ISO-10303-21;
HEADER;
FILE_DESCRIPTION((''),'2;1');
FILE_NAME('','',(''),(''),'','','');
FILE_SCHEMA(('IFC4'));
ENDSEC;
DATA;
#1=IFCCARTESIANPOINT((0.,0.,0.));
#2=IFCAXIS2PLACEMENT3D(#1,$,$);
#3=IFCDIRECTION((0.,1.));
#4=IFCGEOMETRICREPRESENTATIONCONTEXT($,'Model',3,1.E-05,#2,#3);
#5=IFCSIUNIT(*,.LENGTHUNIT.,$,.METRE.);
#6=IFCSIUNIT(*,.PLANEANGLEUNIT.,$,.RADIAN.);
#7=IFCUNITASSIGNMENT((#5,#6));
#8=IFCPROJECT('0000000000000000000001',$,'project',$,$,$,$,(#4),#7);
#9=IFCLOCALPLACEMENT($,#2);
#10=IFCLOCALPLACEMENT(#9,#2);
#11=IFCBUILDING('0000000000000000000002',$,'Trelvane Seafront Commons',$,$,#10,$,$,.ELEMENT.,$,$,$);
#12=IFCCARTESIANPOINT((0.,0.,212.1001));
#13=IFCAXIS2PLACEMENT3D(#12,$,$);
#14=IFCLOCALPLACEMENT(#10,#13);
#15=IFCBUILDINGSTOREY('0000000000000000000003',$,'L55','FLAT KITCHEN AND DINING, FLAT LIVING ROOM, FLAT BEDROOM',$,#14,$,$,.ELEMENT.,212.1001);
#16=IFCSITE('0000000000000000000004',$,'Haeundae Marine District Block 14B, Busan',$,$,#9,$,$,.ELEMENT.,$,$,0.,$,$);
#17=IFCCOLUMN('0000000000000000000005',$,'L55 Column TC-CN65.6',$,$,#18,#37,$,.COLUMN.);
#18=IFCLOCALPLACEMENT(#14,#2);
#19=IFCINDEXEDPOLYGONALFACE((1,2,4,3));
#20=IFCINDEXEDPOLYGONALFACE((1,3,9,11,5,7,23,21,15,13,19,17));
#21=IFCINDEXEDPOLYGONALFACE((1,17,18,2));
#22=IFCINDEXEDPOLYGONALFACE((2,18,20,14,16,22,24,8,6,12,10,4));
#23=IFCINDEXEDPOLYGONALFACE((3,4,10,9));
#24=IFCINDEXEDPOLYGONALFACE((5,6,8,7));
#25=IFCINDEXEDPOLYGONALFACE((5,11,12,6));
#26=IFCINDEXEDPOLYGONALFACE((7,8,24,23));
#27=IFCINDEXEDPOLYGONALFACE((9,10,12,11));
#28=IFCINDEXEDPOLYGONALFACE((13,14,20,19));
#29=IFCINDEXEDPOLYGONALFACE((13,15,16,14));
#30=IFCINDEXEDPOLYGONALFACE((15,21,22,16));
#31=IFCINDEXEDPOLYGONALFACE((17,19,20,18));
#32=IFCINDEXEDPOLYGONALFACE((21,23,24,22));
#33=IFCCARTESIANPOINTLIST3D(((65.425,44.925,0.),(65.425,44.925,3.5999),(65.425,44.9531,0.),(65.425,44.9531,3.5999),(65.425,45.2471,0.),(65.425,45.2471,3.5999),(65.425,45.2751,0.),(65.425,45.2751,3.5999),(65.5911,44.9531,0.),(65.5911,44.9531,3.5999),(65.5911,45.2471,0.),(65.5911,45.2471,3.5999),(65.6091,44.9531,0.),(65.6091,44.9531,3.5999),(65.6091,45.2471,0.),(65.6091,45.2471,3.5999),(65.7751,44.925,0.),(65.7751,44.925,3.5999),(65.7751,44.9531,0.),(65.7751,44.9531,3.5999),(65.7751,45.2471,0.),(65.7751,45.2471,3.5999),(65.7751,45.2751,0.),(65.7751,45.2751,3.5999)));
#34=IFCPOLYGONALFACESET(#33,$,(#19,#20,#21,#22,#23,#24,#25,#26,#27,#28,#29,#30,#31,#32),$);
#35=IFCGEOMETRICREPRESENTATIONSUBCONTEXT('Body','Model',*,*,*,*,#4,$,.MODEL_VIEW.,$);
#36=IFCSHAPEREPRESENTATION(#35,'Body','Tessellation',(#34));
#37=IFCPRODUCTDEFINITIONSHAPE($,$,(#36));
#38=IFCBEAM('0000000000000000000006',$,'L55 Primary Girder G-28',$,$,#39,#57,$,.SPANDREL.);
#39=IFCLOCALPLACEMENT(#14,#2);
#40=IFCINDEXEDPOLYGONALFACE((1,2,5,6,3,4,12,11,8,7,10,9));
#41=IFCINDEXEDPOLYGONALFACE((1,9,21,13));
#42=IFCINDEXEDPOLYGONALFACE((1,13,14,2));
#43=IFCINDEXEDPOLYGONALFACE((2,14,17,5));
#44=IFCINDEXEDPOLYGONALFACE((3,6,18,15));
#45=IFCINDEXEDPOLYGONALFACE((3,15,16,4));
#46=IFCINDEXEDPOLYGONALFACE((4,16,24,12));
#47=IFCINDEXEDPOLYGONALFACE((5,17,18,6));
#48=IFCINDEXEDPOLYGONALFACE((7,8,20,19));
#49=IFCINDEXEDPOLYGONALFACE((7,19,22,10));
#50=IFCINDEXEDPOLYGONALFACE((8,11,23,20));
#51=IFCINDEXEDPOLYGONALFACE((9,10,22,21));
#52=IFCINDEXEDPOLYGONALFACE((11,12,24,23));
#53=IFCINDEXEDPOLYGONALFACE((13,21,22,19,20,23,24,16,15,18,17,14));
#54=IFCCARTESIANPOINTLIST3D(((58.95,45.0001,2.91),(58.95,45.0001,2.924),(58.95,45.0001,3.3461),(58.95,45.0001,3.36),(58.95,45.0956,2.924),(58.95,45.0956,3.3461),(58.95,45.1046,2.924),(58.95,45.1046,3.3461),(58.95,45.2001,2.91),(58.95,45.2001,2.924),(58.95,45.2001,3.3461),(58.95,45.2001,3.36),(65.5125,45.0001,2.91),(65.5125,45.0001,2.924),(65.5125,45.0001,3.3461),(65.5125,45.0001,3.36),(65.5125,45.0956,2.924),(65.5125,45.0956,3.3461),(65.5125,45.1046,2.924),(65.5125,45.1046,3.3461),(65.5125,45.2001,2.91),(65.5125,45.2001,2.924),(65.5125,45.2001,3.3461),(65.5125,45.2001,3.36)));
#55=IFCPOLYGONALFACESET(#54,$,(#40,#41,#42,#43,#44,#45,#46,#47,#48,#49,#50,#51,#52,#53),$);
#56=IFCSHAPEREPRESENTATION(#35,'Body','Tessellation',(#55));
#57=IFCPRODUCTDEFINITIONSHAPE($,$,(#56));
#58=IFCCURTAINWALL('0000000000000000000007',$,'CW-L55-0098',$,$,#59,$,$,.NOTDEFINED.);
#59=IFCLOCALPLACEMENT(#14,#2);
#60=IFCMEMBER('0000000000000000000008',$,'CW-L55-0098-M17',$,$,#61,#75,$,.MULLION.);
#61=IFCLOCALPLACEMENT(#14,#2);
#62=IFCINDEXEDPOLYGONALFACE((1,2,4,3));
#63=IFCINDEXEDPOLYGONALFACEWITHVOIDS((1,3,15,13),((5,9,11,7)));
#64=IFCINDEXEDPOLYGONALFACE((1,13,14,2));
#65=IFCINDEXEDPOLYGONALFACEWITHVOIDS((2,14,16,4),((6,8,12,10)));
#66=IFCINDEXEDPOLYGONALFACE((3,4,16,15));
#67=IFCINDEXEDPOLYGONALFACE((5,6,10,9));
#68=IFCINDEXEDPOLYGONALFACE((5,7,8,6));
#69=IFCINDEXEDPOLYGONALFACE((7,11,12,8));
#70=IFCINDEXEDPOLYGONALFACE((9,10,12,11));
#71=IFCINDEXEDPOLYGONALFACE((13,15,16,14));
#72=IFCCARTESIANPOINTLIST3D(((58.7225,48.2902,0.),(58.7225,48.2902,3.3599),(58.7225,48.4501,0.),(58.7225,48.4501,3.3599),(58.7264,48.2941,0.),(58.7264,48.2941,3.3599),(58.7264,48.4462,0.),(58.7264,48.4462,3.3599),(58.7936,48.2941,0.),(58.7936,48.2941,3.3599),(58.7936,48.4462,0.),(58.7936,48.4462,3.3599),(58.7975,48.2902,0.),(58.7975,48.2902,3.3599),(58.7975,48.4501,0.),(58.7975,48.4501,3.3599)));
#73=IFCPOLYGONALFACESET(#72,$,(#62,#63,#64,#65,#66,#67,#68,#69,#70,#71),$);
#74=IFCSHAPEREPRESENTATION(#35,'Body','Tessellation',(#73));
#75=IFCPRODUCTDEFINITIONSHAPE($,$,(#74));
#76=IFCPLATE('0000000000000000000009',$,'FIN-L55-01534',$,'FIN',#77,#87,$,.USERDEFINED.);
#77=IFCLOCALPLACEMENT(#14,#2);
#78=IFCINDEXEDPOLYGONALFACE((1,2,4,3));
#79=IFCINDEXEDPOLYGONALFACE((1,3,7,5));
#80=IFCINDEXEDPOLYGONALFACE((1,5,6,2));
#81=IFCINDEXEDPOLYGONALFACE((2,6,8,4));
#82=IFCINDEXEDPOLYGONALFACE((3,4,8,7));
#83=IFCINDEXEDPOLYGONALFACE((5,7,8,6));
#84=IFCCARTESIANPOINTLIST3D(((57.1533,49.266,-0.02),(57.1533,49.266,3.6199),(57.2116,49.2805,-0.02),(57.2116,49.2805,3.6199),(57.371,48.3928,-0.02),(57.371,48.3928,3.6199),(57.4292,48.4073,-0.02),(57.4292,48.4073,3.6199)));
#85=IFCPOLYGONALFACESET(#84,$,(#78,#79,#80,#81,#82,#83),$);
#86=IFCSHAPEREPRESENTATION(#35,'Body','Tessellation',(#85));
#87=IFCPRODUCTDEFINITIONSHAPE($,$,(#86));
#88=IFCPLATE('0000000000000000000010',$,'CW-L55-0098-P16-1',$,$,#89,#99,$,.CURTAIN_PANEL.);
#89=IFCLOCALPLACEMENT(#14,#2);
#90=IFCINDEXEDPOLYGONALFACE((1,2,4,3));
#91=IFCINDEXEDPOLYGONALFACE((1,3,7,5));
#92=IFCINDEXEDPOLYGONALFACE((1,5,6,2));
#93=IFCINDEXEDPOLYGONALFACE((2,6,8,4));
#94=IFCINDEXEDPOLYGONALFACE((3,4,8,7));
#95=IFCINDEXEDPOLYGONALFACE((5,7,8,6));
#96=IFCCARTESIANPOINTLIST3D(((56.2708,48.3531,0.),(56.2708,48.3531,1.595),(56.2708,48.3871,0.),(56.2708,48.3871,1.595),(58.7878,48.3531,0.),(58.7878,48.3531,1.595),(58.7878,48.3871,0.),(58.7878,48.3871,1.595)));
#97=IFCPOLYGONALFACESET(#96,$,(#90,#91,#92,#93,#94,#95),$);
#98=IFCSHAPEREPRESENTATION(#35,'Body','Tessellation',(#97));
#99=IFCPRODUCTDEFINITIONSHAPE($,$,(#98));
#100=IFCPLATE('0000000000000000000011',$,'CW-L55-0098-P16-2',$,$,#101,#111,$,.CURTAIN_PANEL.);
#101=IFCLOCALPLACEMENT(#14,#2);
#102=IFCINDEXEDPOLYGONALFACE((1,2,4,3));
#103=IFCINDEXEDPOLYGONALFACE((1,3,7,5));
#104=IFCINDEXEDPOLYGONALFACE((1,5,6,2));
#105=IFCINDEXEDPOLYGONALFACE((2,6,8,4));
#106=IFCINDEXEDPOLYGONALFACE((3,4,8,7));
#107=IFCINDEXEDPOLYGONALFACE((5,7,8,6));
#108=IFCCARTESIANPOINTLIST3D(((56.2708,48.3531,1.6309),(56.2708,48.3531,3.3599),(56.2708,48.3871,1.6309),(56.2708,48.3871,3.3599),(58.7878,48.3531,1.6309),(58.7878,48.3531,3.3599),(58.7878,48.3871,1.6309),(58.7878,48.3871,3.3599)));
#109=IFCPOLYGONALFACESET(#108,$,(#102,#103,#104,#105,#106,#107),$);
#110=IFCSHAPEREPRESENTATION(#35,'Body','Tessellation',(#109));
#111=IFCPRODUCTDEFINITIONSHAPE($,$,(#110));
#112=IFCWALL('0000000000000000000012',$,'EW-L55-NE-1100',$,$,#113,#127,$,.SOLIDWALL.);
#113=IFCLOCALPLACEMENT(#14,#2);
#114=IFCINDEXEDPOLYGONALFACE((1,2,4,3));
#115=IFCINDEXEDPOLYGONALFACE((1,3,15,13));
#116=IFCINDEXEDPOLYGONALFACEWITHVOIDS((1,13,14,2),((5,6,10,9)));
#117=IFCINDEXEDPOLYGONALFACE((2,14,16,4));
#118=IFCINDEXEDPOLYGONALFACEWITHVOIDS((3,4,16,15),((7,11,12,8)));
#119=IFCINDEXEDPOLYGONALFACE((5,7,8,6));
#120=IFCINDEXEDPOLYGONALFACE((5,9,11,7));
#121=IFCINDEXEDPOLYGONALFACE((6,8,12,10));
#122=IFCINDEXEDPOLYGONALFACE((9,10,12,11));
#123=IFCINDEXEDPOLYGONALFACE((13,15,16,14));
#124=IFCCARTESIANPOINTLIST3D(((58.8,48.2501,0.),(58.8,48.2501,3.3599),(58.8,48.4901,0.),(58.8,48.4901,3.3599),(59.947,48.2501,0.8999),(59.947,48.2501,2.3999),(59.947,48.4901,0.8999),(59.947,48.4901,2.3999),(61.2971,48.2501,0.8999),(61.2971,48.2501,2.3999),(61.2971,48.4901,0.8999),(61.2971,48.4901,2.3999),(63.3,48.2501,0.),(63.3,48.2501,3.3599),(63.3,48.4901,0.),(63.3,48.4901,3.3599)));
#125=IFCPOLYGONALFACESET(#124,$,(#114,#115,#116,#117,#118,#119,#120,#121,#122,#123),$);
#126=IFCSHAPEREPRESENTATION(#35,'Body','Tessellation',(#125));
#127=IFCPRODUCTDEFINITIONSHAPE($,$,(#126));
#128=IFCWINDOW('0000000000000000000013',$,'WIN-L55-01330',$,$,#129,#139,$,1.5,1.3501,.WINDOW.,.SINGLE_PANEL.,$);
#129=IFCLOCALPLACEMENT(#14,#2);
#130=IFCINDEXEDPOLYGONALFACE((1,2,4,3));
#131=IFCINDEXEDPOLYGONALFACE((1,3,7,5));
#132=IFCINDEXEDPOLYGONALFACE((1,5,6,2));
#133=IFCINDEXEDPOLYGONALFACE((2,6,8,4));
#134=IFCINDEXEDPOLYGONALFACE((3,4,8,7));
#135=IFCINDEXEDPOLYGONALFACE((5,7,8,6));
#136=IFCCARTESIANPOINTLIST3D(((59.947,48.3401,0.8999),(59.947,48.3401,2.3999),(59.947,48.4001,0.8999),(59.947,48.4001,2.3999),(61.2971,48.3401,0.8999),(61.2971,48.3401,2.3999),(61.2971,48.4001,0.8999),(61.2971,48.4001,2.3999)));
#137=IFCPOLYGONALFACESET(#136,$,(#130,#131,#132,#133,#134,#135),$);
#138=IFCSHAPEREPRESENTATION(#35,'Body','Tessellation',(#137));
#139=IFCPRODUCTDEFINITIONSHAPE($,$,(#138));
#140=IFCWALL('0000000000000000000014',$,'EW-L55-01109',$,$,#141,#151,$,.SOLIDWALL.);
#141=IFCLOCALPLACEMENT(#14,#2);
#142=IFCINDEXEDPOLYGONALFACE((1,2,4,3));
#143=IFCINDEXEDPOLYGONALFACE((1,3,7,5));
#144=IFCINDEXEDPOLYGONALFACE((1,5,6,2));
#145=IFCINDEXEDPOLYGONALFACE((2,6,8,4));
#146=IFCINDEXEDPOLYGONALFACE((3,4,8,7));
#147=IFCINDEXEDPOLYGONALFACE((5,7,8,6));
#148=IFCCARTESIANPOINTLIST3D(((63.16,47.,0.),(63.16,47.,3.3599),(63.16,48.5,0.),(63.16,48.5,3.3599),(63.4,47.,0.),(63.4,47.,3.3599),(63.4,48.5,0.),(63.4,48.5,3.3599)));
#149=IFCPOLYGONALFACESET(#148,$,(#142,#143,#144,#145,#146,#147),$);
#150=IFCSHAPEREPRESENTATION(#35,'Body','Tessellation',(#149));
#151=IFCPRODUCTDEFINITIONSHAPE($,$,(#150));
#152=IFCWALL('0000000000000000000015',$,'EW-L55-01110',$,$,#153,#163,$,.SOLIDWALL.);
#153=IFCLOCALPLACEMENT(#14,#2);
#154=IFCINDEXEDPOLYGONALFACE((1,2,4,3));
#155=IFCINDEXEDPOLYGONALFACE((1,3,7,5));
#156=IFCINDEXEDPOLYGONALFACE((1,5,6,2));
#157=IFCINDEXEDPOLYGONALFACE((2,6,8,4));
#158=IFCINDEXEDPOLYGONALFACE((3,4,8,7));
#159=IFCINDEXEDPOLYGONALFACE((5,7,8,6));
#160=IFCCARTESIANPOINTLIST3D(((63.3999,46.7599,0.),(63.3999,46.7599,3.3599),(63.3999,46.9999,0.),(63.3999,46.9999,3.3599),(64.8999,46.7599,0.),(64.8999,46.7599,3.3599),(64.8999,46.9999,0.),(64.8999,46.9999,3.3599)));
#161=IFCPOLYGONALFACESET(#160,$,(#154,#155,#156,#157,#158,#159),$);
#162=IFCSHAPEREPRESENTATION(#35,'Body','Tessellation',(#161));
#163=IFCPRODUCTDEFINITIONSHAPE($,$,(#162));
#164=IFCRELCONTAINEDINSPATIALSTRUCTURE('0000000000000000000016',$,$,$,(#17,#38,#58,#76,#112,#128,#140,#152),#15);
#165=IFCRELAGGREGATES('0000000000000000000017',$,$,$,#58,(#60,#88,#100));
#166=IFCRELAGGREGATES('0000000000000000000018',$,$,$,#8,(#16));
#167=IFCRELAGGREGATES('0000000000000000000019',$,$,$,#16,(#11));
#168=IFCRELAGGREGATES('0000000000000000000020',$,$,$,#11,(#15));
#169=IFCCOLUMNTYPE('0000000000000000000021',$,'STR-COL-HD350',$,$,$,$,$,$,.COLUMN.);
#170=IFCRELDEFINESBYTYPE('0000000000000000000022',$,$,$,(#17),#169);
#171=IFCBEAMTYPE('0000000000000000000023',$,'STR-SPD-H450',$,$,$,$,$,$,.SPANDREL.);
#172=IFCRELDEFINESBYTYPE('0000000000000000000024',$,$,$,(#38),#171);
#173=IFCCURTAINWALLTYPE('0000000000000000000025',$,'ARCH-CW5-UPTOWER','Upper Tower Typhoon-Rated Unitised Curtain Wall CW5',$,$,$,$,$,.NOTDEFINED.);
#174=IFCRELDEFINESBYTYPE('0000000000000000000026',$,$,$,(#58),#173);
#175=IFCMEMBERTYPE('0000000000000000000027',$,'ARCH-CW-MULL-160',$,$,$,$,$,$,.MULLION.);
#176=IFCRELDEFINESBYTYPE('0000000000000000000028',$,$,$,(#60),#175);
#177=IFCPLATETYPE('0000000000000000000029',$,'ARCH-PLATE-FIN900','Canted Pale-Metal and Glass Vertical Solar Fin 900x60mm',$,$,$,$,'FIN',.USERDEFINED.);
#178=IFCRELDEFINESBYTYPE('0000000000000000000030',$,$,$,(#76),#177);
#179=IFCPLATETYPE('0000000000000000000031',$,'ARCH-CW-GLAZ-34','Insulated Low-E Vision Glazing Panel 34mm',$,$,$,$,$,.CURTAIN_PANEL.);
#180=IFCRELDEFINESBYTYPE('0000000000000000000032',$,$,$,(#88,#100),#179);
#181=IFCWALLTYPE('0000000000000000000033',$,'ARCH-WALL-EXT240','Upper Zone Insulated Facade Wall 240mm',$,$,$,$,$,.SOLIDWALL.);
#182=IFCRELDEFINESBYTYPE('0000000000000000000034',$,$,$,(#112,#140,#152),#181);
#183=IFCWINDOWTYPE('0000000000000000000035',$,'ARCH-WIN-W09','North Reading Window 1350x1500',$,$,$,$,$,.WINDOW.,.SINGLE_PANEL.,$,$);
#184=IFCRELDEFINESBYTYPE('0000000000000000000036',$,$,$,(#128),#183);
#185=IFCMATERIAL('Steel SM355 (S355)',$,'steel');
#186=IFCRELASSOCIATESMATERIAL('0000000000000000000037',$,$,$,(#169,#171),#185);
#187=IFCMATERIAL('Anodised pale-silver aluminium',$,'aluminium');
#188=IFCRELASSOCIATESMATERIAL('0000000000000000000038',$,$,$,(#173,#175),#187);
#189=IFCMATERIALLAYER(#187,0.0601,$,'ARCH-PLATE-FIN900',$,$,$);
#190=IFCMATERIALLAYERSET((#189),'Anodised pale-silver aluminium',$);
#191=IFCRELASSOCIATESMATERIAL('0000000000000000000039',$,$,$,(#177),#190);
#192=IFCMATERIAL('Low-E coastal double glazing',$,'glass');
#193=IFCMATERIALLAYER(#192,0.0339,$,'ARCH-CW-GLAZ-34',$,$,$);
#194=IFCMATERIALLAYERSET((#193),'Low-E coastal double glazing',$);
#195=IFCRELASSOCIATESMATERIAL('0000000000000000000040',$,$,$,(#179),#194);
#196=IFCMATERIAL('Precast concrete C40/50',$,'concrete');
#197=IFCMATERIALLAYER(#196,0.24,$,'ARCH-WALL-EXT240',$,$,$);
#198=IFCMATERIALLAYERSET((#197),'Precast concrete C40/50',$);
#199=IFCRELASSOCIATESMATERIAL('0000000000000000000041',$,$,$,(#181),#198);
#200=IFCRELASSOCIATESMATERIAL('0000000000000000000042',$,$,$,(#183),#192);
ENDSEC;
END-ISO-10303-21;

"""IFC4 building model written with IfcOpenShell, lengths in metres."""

from ifc_helpers import new_model, si_unit, direction, frame, frame_2d, origin, origin_2d, place, context, subcontext, project, spatial, rectangle, hollow_rectangle, i_section, extrude, source, transform, mapped, material, layer, layer_set, material_profile, profile_set, type_object, element, fill, aggregate, save


model = new_model("IFC4")

# Units and contexts
model_context = context("Model", 3, precision=1e-05, world=origin(), true_north=direction((0.0, 1.0)))
body_context = subcontext(model_context, "Body", "Model", "MODEL_VIEW")
ifc_project = project(units=[si_unit("LENGTHUNIT", "METRE"), si_unit("PLANEANGLEUNIT", "RADIAN")], contexts=[model_context])

# Site, building, storey
site_placement = place(None, origin())
site = spatial("IfcSite", under=ifc_project, at=site_placement, Name="Haeundae Marine District Block 14B, Busan", CompositionType="ELEMENT", RefElevation=0.0)
building_placement = place(site_placement, origin())
building = spatial("IfcBuilding", under=site, at=building_placement, Name="Trelvane Seafront Commons", CompositionType="ELEMENT")
storey_placement = place(building_placement, frame((0.0, 0.0, 212.1001)))
storey = spatial("IfcBuildingStorey", under=building, at=storey_placement, Name="L55", Description="FLAT KITCHEN AND DINING, FLAT LIVING ROOM, FLAT BEDROOM", CompositionType="ELEMENT", Elevation=212.1001)

# Column
ifc_material_1 = material(Name="Steel SM355 (S355)", Category="steel")
ifc_material_profile_1 = material_profile(ifc_material_1, i_section(OverallWidth=0.3501, OverallDepth=0.3501, WebThickness=0.0181, FlangeThickness=0.0281, at=origin_2d()), Name="HD-350x350x18x28")
ifc_profile_set_1 = profile_set([ifc_material_profile_1], Name="Steel SM355 (S355)")
column_type = type_object("IfcColumnType", Name="STR-COL-HD350", PredefinedType="COLUMN", material=ifc_profile_set_1)
shared_shape_1 = source(origin(), body_context, "Body", "SweptSolid", [
    extrude(i_section(OverallWidth=0.3501, OverallDepth=0.3501, WebThickness=0.0181, FlangeThickness=0.0281, at=origin_2d()), origin(), (0.0, 0.0, 1.0), 3.5999),
])
column_placement = place(storey_placement, frame((65.6001, 45.1001, 0.0), z_axis=(0.0, 0.0, 1.0), x_axis=(1.0, 0.0, 0.0)))
element("IfcColumn", 1, at=column_placement, inside=storey, type_object=column_type, Name="L55 Column TC-CN65.6", PredefinedType="COLUMN", context=body_context, shape_type="MappedRepresentation", body=[
    mapped(shared_shape_1, transform((0.0, 0.0, 0.0), x_axis=(1.0, 0.0, 0.0), y_axis=(0.0, 1.0, 0.0), z_axis=(0.0, 0.0, 1.0), scale=1.0)),
])

# Beam
ifc_material_profile_2 = material_profile(ifc_material_1, i_section(OverallWidth=0.2, OverallDepth=0.45, WebThickness=0.009, FlangeThickness=0.0139, at=origin_2d()), Name="H-450x200x9x14")
ifc_profile_set_2 = profile_set([ifc_material_profile_2], Name="Steel SM355 (S355)")
beam_type = type_object("IfcBeamType", Name="STR-SPD-H450", PredefinedType="SPANDREL", material=ifc_profile_set_2)
shared_shape_2 = source(origin(), body_context, "Body", "SweptSolid", [
    extrude(i_section(OverallWidth=0.2, OverallDepth=0.45, WebThickness=0.009, FlangeThickness=0.0139, at=origin_2d()), origin(), (0.0, 0.0, 1.0), 6.5625),
])
beam_placement = place(storey_placement, frame((58.95, 45.1001, 3.135), z_axis=(1.0, 0.0, 0.0), x_axis=(0.0, 1.0, 0.0)))
element("IfcBeam", 2, at=beam_placement, inside=storey, type_object=beam_type, Name="L55 Primary Girder G-28", PredefinedType="SPANDREL", context=body_context, shape_type="MappedRepresentation", body=[
    mapped(shared_shape_2, transform((0.0, 0.0, 0.0), x_axis=(1.0, 0.0, 0.0), y_axis=(0.0, 1.0, 0.0), z_axis=(0.0, 0.0, 1.0), scale=1.0)),
])

# Curtain wall, member
ifc_material_2 = material(Name="Anodised pale-silver aluminium", Category="aluminium")
curtain_wall_type = type_object("IfcCurtainWallType", Name="ARCH-CW5-UPTOWER", Description="Upper Tower Typhoon-Rated Unitised Curtain Wall CW5", PredefinedType="NOTDEFINED", material=ifc_material_2)
curtain_wall_placement = place(storey_placement, origin())
curtain_wall = element("IfcCurtainWall", 3, at=curtain_wall_placement, inside=storey, type_object=curtain_wall_type, Name="CW-L55-0098", PredefinedType="NOTDEFINED")
ifc_material_profile_3 = material_profile(ifc_material_2, hollow_rectangle(XDim=0.075, YDim=0.1599, WallThickness=0.0039, at=origin_2d()), Name="MULL-75x160x4")
ifc_profile_set_3 = profile_set([ifc_material_profile_3], Name="Anodised pale-silver aluminium")
member_type = type_object("IfcMemberType", Name="ARCH-CW-MULL-160", PredefinedType="MULLION", material=ifc_profile_set_3)
shared_shape_3 = source(origin(), body_context, "Body", "SweptSolid", [
    extrude(hollow_rectangle(XDim=0.075, YDim=0.1599, WallThickness=0.0039, at=origin_2d()), origin(), (0.0, 0.0, 1.0), 3.3599),
])
member_placement = place(storey_placement, frame((58.76, 48.3701, 0.0), z_axis=(0.0, 0.0, 1.0), x_axis=(1.0, 0.0, 0.0)))
member = element("IfcMember", 4, at=member_placement, type_object=member_type, Name="CW-L55-0098-M17", PredefinedType="MULLION", context=body_context, shape_type="MappedRepresentation", body=[
    mapped(shared_shape_3, transform((0.0, 0.0, 0.0), x_axis=(1.0, 0.0, 0.0), y_axis=(0.0, 1.0, 0.0), z_axis=(0.0, 0.0, 1.0), scale=1.0)),
])

# Plates
ifc_layer_1 = layer(ifc_material_2, 0.0601, Name="ARCH-PLATE-FIN900")
ifc_layer_set_1 = layer_set([ifc_layer_1], Name="Anodised pale-silver aluminium")
plate_type_1 = type_object("IfcPlateType", Name="ARCH-PLATE-FIN900", Description="Canted Pale-Metal and Glass Vertical Solar Fin 900x60mm", ElementType="FIN", PredefinedType="USERDEFINED", material=ifc_layer_set_1)
shared_shape_4 = source(origin(), body_context, "Body", "SweptSolid", [
    extrude(rectangle(XDim=0.8999, YDim=0.0601, at=origin_2d()), origin(), (0.0, 0.0, 1.0), 3.6399),
])
plate_1_placement = place(storey_placement, frame((57.2913, 48.8367, -0.02), z_axis=(0.0, 0.0, 1.0), x_axis=(-0.241881, 0.970306, 0.0)))
element("IfcPlate", 5, at=plate_1_placement, inside=storey, type_object=plate_type_1, Name="FIN-L55-01534", ObjectType="FIN", PredefinedType="USERDEFINED", context=body_context, shape_type="MappedRepresentation", body=[
    mapped(shared_shape_4, transform((0.0, 0.0, 0.0), x_axis=(1.0, 0.0, 0.0), y_axis=(0.0, 1.0, 0.0), z_axis=(0.0, 0.0, 1.0), scale=1.0)),
])
ifc_material_3 = material(Name="Low-E coastal double glazing", Category="glass")
ifc_layer_2 = layer(ifc_material_3, 0.0339, Name="ARCH-CW-GLAZ-34")
ifc_layer_set_2 = layer_set([ifc_layer_2], Name="Low-E coastal double glazing")
plate_type_2 = type_object("IfcPlateType", Name="ARCH-CW-GLAZ-34", Description="Insulated Low-E Vision Glazing Panel 34mm", PredefinedType="CURTAIN_PANEL", material=ifc_layer_set_2)
shared_shape_5 = source(origin(), body_context, "Body", "SweptSolid", [
    extrude(rectangle(XDim=2.5171, YDim=0.0339, at=origin_2d()), origin(), (0.0, 0.0, 1.0), 1.595),
])
plate_2_placement = place(storey_placement, frame((57.5293, 48.3701, 0.0), z_axis=(0.0, 0.0, 1.0), x_axis=(1.0, 0.0, 0.0)))
plate_2 = element("IfcPlate", 6, at=plate_2_placement, type_object=plate_type_2, Name="CW-L55-0098-P16-1", PredefinedType="CURTAIN_PANEL", context=body_context, shape_type="MappedRepresentation", body=[
    mapped(shared_shape_5, transform((0.0, 0.0, 0.0), x_axis=(1.0, 0.0, 0.0), y_axis=(0.0, 1.0, 0.0), z_axis=(0.0, 0.0, 1.0), scale=1.0)),
])
shared_shape_6 = source(origin(), body_context, "Body", "SweptSolid", [
    extrude(rectangle(XDim=2.5171, YDim=0.0339, at=origin_2d()), origin(), (0.0, 0.0, 1.0), 1.729),
])
plate_3_placement = place(storey_placement, frame((57.5293, 48.3701, 1.6309), z_axis=(0.0, 0.0, 1.0), x_axis=(1.0, 0.0, 0.0)))
plate_3 = element("IfcPlate", 7, at=plate_3_placement, type_object=plate_type_2, Name="CW-L55-0098-P16-2", PredefinedType="CURTAIN_PANEL", context=body_context, shape_type="MappedRepresentation", body=[
    mapped(shared_shape_6, transform((0.0, 0.0, 0.0), x_axis=(1.0, 0.0, 0.0), y_axis=(0.0, 1.0, 0.0), z_axis=(0.0, 0.0, 1.0), scale=1.0)),
])
aggregate(curtain_wall, [member, plate_2, plate_3])

# Wall, opening, window
ifc_material_4 = material(Name="Precast concrete C40/50", Category="concrete")
ifc_layer_3 = layer(ifc_material_4, 0.24, Name="ARCH-WALL-EXT240")
ifc_layer_set_3 = layer_set([ifc_layer_3], Name="Precast concrete C40/50")
wall_type = type_object("IfcWallType", Name="ARCH-WALL-EXT240", Description="Upper Zone Insulated Facade Wall 240mm", PredefinedType="SOLIDWALL", material=ifc_layer_set_3)
wall_1_placement = place(storey_placement, frame((58.8, 48.3701, 0.0), z_axis=(0.0, 0.0, 1.0), x_axis=(1.0, 0.0, 0.0)))
wall_1 = element("IfcWall", 8, at=wall_1_placement, inside=storey, type_object=wall_type, Name="EW-L55-NE-1100", PredefinedType="SOLIDWALL", context=body_context, shape_type="SweptSolid", body=[
    extrude(rectangle(XDim=4.5, YDim=0.24, at=frame_2d((2.25, 0.0))), origin(), (0.0, 0.0, 1.0), 3.3599),
])
opening_1_placement = place(wall_1_placement, frame((1.147, 0.0, 0.8999)))
opening_1 = element("IfcOpeningElement", 9, at=opening_1_placement, cuts=wall_1, PredefinedType="OPENING", context=body_context, shape_type="SweptSolid", body=[
    extrude(rectangle(XDim=1.3501, YDim=1.5, at=frame_2d((0.675, 0.75))), frame((0.0, 0.1299, 0.0), z_axis=(0.0, -1.0, 0.0), x_axis=(1.0, 0.0, 0.0)), (0.0, 0.0, 1.0), 0.26),
])
window_type_1 = type_object("IfcWindowType", Name="ARCH-WIN-W09", Description="North Reading Window 1350x1500", PartitioningType="SINGLE_PANEL", PredefinedType="WINDOW", material=ifc_material_3)
shared_shape_7 = source(origin(), body_context, "Body", "SweptSolid", [
    extrude(rectangle(XDim=1.3501, YDim=1.5, at=frame_2d((0.675, 0.75))), frame((0.0, 0.03, 0.0), z_axis=(0.0, -1.0, 0.0), x_axis=(1.0, 0.0, 0.0)), (0.0, 0.0, 1.0), 0.0601),
])
window_1_placement = place(opening_1_placement, origin())
window_1 = element("IfcWindow", 10, at=window_1_placement, inside=storey, type_object=window_type_1, Name="WIN-L55-01330", OverallHeight=1.5, OverallWidth=1.3501, PartitioningType="SINGLE_PANEL", PredefinedType="WINDOW", context=body_context, shape_type="MappedRepresentation", body=[
    mapped(shared_shape_7, transform((0.0, 0.0, 0.0), x_axis=(1.0, 0.0, 0.0), y_axis=(0.0, 1.0, 0.0), z_axis=(0.0, 0.0, 1.0), scale=1.0)),
])
fill(opening_1, window_1)

# Walls
for number, where, z_axis, x_axis, name in (
    (11, (63.28, 48.5, 0.0), (0.0, 0.0, 1.0), (0.0, -1.0, 0.0), "EW-L55-01109"),
    (12, (63.3999, 46.8799, 0.0), (0.0, 0.0, 1.0), (1.0, 0.0, 0.0), "EW-L55-01110"),
):
    element("IfcWall", number, at=place(storey_placement, frame(where, z_axis=z_axis, x_axis=x_axis)), inside=storey, type_object=wall_type, Name=name, PredefinedType="SOLIDWALL", context=body_context, shape_type="SweptSolid", body=[
        extrude(rectangle(XDim=1.5, YDim=0.24, at=frame_2d((0.75, 0.0))), origin(), (0.0, 0.0, 1.0), 3.3599),
    ])

save(model, "model.ifc")
